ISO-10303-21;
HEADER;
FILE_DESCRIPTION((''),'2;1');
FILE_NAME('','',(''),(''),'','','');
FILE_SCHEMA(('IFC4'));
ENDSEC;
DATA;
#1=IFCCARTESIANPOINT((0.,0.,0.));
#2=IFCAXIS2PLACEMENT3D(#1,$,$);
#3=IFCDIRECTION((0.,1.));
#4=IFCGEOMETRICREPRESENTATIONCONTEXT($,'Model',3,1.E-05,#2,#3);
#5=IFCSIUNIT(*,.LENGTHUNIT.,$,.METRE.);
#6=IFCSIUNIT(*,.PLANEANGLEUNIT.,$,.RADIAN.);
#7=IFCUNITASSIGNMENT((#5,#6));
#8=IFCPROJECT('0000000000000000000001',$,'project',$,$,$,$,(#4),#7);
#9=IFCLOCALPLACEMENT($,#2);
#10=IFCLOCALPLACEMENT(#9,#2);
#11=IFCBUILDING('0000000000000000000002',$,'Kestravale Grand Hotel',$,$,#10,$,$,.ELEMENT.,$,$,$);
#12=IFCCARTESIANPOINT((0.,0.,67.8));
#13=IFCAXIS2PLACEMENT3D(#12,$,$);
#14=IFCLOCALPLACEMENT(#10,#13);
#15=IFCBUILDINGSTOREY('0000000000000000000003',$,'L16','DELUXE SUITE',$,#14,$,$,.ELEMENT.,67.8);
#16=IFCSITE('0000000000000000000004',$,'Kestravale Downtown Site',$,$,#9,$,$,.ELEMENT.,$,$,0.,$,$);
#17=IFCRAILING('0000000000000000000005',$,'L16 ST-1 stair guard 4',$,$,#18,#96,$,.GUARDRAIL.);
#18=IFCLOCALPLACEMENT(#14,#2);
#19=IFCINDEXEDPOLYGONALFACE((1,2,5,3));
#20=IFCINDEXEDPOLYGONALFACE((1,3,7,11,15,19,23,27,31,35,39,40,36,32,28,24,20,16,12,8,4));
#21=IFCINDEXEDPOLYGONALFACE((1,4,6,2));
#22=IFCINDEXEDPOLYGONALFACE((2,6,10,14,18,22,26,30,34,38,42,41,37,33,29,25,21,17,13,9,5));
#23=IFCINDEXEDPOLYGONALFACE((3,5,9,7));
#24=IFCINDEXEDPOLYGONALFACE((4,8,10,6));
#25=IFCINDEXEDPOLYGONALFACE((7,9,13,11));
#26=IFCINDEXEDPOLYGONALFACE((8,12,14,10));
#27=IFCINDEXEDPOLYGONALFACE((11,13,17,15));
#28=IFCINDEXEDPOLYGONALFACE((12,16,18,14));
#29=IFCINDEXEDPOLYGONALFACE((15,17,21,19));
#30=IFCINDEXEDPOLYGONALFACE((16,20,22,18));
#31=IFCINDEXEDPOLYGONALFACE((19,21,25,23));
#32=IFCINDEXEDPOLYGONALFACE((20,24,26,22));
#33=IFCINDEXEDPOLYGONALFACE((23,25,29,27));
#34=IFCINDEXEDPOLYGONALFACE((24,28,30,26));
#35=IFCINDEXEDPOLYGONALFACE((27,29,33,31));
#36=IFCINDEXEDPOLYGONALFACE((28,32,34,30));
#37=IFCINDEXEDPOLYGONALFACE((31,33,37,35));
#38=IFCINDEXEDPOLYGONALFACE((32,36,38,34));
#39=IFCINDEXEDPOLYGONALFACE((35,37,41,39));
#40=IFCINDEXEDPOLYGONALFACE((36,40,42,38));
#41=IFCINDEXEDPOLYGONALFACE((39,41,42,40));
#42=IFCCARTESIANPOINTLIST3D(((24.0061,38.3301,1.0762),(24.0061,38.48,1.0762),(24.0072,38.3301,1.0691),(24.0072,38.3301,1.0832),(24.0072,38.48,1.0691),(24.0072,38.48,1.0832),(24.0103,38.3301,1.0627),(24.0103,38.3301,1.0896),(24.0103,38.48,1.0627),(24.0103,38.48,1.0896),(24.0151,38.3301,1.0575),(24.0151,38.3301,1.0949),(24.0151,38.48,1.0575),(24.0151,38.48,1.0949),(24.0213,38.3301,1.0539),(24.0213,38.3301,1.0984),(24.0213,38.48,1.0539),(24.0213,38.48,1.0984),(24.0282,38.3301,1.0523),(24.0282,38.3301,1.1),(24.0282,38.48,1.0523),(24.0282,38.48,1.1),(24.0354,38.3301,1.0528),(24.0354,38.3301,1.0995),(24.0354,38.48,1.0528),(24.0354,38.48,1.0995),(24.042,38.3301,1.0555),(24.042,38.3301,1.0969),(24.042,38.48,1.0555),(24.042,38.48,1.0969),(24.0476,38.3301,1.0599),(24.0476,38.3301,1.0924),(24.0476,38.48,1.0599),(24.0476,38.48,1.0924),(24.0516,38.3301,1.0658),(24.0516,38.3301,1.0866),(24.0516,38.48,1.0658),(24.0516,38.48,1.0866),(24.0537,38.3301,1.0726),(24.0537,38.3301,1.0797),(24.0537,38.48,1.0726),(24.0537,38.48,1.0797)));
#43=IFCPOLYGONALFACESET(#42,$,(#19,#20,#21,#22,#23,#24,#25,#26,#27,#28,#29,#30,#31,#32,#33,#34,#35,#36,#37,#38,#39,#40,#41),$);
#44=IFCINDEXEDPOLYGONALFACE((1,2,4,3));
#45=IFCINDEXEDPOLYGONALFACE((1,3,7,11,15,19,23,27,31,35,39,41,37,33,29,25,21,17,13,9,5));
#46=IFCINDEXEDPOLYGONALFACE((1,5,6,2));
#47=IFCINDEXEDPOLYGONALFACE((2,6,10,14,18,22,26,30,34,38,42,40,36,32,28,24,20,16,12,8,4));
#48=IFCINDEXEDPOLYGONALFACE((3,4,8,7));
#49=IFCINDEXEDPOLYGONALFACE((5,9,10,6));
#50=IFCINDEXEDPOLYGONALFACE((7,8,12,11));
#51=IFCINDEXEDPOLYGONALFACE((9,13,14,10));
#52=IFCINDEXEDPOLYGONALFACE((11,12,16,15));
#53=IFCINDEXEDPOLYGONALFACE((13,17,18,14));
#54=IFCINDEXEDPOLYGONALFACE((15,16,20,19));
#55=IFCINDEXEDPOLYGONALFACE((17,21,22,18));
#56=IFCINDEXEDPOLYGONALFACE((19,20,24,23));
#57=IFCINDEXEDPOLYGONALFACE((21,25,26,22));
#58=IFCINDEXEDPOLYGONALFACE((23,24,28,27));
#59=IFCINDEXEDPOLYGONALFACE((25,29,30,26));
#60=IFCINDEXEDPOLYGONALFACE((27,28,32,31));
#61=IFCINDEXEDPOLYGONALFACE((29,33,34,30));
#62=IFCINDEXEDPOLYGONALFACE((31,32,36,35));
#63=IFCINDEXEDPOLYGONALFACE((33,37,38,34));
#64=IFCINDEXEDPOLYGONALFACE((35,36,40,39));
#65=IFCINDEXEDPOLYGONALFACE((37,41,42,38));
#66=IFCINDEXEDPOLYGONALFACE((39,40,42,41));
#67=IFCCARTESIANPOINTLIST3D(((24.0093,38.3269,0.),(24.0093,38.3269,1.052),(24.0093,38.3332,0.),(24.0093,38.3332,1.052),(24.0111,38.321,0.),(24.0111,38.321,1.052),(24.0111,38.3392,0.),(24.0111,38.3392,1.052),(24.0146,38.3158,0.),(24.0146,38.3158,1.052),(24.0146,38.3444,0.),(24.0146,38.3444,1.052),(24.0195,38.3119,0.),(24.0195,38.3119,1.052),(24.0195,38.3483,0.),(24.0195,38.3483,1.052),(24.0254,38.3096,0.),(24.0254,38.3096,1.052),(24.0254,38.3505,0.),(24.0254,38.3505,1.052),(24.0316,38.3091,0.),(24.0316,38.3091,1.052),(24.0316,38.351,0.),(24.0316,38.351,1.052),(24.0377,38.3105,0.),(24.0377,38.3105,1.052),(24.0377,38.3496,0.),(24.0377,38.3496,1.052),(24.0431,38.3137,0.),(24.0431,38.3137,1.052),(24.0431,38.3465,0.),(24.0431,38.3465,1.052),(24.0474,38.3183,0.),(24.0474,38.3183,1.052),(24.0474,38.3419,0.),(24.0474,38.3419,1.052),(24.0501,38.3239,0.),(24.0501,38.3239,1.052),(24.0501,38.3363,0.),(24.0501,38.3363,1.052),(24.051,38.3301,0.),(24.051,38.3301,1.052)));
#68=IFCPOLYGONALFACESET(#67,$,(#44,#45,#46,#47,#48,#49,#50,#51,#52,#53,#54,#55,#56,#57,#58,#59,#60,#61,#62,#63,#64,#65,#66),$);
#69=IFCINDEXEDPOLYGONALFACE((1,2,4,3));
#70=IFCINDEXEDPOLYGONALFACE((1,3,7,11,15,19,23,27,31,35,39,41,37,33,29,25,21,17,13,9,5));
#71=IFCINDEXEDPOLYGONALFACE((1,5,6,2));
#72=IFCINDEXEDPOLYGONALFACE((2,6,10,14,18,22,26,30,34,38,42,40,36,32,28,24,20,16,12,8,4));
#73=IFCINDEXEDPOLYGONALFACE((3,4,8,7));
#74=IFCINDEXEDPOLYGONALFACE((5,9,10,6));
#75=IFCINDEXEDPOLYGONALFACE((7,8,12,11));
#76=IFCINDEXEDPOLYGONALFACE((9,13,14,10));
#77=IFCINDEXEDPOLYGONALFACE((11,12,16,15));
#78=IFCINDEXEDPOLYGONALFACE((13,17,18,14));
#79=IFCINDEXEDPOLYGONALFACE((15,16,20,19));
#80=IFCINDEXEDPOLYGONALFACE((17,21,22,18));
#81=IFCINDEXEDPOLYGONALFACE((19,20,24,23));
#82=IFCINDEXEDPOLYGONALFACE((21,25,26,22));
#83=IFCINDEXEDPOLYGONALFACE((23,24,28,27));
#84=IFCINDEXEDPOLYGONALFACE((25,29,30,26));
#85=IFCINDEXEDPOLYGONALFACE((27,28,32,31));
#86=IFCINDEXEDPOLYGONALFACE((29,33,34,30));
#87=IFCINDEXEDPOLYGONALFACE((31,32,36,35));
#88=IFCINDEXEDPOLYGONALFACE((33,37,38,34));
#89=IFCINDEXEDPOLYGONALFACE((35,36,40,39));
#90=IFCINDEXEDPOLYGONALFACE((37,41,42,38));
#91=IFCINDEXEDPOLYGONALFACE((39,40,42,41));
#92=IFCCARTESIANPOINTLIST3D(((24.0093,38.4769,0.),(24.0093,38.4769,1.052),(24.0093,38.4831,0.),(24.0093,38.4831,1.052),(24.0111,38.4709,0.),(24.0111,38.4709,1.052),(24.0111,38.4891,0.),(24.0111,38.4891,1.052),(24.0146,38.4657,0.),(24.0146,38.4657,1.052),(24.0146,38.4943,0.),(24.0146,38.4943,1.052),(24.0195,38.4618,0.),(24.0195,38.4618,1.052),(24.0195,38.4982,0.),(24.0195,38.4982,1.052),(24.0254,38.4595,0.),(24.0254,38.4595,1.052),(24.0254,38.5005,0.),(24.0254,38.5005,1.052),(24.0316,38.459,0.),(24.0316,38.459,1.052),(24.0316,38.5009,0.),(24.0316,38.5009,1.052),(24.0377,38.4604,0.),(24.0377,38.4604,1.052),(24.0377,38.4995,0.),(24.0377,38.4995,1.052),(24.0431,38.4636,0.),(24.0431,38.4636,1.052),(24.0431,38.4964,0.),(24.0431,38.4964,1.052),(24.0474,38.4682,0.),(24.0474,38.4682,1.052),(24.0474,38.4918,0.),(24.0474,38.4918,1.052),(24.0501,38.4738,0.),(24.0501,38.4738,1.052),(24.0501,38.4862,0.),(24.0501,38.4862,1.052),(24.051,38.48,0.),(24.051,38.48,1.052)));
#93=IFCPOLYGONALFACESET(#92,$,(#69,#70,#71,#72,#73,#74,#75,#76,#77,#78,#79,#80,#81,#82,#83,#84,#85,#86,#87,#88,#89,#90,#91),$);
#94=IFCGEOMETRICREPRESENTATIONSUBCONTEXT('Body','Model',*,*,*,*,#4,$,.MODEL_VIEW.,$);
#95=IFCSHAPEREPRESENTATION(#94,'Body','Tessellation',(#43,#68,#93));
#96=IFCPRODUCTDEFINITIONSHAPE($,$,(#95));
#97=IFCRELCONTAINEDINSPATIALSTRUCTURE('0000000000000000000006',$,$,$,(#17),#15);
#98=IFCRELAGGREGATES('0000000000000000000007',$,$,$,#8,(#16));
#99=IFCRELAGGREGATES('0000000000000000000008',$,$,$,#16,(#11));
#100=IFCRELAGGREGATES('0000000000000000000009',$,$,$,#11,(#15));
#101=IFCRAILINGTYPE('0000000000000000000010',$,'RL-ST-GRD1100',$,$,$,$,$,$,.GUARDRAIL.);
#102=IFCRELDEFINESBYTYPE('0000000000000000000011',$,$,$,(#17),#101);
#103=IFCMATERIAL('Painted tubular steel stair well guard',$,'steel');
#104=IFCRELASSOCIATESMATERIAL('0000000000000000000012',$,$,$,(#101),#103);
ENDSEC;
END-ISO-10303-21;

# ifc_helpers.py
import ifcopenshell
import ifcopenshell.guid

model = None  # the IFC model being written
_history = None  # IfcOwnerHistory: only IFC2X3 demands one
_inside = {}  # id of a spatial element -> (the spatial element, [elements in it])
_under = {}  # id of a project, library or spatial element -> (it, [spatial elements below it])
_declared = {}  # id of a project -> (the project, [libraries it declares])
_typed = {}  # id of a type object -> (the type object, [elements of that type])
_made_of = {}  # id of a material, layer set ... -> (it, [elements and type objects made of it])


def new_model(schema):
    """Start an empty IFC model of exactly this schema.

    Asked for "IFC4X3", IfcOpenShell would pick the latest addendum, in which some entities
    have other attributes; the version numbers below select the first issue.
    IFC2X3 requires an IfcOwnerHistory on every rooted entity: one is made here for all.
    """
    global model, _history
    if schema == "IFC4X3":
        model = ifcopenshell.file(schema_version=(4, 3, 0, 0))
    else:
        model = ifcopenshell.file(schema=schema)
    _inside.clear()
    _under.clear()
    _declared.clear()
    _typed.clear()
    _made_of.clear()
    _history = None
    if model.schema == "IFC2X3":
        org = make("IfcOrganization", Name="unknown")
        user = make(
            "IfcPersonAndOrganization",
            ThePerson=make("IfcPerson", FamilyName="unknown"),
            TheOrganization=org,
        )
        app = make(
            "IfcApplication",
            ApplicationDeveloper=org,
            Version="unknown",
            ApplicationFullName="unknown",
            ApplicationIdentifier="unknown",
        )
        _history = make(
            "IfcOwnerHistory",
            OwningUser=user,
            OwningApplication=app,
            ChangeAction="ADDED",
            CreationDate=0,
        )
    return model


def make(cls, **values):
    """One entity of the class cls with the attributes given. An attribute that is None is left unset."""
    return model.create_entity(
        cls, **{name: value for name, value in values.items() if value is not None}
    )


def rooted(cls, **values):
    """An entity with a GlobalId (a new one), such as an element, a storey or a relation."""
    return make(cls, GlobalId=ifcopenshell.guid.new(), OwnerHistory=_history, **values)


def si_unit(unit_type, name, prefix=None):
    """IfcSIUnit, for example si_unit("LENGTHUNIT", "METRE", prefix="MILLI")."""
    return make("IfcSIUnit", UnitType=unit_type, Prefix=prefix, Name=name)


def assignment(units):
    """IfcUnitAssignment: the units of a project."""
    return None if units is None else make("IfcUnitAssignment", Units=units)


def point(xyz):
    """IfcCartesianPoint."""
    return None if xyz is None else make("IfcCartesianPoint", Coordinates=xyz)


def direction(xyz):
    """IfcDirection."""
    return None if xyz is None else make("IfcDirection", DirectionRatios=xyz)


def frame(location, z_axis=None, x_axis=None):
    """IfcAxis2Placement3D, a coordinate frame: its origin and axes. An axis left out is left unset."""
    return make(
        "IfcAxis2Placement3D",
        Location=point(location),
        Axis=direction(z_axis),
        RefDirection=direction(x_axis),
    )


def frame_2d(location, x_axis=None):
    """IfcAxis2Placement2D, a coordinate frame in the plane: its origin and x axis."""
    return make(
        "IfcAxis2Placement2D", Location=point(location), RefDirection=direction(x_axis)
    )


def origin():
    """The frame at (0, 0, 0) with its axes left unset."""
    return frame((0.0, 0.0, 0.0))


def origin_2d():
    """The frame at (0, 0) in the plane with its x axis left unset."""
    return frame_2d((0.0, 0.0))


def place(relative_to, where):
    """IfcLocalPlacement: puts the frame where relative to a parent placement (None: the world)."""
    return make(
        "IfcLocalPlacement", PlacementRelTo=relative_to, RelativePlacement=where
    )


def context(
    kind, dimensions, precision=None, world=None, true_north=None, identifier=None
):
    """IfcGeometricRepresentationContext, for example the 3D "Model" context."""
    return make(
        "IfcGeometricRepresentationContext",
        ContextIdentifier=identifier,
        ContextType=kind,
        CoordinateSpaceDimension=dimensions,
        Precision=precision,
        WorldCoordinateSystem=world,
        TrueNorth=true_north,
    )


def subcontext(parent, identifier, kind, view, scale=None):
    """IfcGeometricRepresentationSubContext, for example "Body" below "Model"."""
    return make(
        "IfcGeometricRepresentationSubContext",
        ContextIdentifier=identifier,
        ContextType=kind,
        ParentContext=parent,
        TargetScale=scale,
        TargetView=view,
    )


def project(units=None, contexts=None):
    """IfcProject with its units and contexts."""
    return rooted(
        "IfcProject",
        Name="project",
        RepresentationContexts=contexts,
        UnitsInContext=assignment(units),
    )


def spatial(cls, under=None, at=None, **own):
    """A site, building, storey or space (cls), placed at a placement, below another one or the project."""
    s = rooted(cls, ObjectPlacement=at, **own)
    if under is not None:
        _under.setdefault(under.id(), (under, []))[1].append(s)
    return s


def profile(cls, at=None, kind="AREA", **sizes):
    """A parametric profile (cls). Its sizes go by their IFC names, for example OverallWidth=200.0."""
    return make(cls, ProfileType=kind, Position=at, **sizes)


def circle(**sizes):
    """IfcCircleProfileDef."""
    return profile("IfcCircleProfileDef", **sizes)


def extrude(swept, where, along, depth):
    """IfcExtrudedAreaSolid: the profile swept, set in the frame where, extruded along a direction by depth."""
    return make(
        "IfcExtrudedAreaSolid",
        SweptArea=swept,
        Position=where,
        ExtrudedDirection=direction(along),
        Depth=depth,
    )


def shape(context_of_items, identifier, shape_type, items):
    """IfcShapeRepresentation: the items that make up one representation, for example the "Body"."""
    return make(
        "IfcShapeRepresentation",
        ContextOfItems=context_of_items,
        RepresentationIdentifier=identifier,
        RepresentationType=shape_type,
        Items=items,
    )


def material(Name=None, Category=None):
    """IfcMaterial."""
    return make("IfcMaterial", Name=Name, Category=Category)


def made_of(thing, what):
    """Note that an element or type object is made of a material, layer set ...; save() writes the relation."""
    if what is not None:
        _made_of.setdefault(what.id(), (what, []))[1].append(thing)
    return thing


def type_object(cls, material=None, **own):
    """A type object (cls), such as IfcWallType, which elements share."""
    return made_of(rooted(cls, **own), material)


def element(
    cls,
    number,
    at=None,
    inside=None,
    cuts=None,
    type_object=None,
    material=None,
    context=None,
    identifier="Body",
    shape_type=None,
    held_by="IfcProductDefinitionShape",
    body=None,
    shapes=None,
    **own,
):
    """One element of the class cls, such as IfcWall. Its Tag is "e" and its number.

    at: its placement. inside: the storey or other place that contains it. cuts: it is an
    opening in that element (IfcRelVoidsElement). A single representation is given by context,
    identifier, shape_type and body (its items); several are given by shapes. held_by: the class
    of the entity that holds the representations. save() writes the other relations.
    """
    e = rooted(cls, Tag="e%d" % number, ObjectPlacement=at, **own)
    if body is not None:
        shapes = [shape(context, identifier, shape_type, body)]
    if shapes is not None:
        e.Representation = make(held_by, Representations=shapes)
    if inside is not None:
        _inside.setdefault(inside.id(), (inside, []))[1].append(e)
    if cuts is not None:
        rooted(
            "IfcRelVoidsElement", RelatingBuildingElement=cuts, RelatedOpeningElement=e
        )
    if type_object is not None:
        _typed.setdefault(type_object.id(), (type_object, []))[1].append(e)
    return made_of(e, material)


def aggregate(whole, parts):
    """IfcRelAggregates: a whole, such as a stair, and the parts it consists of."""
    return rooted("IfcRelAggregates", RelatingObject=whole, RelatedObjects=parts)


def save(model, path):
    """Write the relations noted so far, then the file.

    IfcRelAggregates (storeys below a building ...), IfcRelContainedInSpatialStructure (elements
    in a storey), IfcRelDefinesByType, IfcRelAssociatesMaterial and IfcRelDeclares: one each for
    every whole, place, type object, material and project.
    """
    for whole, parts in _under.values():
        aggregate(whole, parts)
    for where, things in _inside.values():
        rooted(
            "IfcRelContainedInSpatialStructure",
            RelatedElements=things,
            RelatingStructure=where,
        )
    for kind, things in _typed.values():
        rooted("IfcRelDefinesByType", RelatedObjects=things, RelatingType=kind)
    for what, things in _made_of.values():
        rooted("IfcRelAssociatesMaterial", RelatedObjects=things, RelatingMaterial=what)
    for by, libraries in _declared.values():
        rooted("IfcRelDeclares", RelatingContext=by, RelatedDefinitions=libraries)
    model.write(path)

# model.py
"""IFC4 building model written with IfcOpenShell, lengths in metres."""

from ifc_helpers import new_model, si_unit, direction, frame, origin, origin_2d, place, context, subcontext, project, spatial, circle, extrude, material, type_object, element, save


model = new_model("IFC4")

# Units and contexts
model_context = context("Model", 3, precision=1e-05, world=origin(), true_north=direction((0.0, 1.0)))
body_context = subcontext(model_context, "Body", "Model", "MODEL_VIEW")
ifc_project = project(units=[si_unit("LENGTHUNIT", "METRE"), si_unit("PLANEANGLEUNIT", "RADIAN")], contexts=[model_context])

# Site, building, storey
site_placement = place(None, origin())
site = spatial("IfcSite", under=ifc_project, at=site_placement, Name="Kestravale Downtown Site", CompositionType="ELEMENT", RefElevation=0.0)
building_placement = place(site_placement, origin())
building = spatial("IfcBuilding", under=site, at=building_placement, Name="Kestravale Grand Hotel", CompositionType="ELEMENT")
storey_placement = place(building_placement, frame((0.0, 0.0, 67.8)))
storey = spatial("IfcBuildingStorey", under=building, at=storey_placement, Name="L16", Description="DELUXE SUITE", CompositionType="ELEMENT", Elevation=67.8)

# Railing
ifc_material_1 = material(Name="Painted tubular steel stair well guard", Category="steel")
railing_type_1 = type_object("IfcRailingType", Name="RL-ST-GRD1100", PredefinedType="GUARDRAIL", material=ifc_material_1)
railing_1_placement = place(storey_placement, frame((24.03, 38.3301, 0.0)))
element("IfcRailing", 1, at=railing_1_placement, inside=storey, type_object=railing_type_1, Name="L16 ST-1 stair guard 4", PredefinedType="GUARDRAIL", context=body_context, shape_type="SweptSolid", body=[
    extrude(circle(Radius=0.0239, at=origin_2d()), frame((0.0, 0.0, 1.0762), z_axis=(0.0, 1.0, 0.0), x_axis=(-1.0, 0.0, 0.0)), (0.0, 0.0, 1.0), 0.1499),
    extrude(circle(Radius=0.021, at=origin_2d()), origin(), (0.0, 0.0, 1.0), 1.052),
    extrude(circle(Radius=0.021, at=origin_2d()), frame((0.0, 0.1499, 0.0)), (0.0, 0.0, 1.0), 1.052),
])

save(model, "model.ifc")
